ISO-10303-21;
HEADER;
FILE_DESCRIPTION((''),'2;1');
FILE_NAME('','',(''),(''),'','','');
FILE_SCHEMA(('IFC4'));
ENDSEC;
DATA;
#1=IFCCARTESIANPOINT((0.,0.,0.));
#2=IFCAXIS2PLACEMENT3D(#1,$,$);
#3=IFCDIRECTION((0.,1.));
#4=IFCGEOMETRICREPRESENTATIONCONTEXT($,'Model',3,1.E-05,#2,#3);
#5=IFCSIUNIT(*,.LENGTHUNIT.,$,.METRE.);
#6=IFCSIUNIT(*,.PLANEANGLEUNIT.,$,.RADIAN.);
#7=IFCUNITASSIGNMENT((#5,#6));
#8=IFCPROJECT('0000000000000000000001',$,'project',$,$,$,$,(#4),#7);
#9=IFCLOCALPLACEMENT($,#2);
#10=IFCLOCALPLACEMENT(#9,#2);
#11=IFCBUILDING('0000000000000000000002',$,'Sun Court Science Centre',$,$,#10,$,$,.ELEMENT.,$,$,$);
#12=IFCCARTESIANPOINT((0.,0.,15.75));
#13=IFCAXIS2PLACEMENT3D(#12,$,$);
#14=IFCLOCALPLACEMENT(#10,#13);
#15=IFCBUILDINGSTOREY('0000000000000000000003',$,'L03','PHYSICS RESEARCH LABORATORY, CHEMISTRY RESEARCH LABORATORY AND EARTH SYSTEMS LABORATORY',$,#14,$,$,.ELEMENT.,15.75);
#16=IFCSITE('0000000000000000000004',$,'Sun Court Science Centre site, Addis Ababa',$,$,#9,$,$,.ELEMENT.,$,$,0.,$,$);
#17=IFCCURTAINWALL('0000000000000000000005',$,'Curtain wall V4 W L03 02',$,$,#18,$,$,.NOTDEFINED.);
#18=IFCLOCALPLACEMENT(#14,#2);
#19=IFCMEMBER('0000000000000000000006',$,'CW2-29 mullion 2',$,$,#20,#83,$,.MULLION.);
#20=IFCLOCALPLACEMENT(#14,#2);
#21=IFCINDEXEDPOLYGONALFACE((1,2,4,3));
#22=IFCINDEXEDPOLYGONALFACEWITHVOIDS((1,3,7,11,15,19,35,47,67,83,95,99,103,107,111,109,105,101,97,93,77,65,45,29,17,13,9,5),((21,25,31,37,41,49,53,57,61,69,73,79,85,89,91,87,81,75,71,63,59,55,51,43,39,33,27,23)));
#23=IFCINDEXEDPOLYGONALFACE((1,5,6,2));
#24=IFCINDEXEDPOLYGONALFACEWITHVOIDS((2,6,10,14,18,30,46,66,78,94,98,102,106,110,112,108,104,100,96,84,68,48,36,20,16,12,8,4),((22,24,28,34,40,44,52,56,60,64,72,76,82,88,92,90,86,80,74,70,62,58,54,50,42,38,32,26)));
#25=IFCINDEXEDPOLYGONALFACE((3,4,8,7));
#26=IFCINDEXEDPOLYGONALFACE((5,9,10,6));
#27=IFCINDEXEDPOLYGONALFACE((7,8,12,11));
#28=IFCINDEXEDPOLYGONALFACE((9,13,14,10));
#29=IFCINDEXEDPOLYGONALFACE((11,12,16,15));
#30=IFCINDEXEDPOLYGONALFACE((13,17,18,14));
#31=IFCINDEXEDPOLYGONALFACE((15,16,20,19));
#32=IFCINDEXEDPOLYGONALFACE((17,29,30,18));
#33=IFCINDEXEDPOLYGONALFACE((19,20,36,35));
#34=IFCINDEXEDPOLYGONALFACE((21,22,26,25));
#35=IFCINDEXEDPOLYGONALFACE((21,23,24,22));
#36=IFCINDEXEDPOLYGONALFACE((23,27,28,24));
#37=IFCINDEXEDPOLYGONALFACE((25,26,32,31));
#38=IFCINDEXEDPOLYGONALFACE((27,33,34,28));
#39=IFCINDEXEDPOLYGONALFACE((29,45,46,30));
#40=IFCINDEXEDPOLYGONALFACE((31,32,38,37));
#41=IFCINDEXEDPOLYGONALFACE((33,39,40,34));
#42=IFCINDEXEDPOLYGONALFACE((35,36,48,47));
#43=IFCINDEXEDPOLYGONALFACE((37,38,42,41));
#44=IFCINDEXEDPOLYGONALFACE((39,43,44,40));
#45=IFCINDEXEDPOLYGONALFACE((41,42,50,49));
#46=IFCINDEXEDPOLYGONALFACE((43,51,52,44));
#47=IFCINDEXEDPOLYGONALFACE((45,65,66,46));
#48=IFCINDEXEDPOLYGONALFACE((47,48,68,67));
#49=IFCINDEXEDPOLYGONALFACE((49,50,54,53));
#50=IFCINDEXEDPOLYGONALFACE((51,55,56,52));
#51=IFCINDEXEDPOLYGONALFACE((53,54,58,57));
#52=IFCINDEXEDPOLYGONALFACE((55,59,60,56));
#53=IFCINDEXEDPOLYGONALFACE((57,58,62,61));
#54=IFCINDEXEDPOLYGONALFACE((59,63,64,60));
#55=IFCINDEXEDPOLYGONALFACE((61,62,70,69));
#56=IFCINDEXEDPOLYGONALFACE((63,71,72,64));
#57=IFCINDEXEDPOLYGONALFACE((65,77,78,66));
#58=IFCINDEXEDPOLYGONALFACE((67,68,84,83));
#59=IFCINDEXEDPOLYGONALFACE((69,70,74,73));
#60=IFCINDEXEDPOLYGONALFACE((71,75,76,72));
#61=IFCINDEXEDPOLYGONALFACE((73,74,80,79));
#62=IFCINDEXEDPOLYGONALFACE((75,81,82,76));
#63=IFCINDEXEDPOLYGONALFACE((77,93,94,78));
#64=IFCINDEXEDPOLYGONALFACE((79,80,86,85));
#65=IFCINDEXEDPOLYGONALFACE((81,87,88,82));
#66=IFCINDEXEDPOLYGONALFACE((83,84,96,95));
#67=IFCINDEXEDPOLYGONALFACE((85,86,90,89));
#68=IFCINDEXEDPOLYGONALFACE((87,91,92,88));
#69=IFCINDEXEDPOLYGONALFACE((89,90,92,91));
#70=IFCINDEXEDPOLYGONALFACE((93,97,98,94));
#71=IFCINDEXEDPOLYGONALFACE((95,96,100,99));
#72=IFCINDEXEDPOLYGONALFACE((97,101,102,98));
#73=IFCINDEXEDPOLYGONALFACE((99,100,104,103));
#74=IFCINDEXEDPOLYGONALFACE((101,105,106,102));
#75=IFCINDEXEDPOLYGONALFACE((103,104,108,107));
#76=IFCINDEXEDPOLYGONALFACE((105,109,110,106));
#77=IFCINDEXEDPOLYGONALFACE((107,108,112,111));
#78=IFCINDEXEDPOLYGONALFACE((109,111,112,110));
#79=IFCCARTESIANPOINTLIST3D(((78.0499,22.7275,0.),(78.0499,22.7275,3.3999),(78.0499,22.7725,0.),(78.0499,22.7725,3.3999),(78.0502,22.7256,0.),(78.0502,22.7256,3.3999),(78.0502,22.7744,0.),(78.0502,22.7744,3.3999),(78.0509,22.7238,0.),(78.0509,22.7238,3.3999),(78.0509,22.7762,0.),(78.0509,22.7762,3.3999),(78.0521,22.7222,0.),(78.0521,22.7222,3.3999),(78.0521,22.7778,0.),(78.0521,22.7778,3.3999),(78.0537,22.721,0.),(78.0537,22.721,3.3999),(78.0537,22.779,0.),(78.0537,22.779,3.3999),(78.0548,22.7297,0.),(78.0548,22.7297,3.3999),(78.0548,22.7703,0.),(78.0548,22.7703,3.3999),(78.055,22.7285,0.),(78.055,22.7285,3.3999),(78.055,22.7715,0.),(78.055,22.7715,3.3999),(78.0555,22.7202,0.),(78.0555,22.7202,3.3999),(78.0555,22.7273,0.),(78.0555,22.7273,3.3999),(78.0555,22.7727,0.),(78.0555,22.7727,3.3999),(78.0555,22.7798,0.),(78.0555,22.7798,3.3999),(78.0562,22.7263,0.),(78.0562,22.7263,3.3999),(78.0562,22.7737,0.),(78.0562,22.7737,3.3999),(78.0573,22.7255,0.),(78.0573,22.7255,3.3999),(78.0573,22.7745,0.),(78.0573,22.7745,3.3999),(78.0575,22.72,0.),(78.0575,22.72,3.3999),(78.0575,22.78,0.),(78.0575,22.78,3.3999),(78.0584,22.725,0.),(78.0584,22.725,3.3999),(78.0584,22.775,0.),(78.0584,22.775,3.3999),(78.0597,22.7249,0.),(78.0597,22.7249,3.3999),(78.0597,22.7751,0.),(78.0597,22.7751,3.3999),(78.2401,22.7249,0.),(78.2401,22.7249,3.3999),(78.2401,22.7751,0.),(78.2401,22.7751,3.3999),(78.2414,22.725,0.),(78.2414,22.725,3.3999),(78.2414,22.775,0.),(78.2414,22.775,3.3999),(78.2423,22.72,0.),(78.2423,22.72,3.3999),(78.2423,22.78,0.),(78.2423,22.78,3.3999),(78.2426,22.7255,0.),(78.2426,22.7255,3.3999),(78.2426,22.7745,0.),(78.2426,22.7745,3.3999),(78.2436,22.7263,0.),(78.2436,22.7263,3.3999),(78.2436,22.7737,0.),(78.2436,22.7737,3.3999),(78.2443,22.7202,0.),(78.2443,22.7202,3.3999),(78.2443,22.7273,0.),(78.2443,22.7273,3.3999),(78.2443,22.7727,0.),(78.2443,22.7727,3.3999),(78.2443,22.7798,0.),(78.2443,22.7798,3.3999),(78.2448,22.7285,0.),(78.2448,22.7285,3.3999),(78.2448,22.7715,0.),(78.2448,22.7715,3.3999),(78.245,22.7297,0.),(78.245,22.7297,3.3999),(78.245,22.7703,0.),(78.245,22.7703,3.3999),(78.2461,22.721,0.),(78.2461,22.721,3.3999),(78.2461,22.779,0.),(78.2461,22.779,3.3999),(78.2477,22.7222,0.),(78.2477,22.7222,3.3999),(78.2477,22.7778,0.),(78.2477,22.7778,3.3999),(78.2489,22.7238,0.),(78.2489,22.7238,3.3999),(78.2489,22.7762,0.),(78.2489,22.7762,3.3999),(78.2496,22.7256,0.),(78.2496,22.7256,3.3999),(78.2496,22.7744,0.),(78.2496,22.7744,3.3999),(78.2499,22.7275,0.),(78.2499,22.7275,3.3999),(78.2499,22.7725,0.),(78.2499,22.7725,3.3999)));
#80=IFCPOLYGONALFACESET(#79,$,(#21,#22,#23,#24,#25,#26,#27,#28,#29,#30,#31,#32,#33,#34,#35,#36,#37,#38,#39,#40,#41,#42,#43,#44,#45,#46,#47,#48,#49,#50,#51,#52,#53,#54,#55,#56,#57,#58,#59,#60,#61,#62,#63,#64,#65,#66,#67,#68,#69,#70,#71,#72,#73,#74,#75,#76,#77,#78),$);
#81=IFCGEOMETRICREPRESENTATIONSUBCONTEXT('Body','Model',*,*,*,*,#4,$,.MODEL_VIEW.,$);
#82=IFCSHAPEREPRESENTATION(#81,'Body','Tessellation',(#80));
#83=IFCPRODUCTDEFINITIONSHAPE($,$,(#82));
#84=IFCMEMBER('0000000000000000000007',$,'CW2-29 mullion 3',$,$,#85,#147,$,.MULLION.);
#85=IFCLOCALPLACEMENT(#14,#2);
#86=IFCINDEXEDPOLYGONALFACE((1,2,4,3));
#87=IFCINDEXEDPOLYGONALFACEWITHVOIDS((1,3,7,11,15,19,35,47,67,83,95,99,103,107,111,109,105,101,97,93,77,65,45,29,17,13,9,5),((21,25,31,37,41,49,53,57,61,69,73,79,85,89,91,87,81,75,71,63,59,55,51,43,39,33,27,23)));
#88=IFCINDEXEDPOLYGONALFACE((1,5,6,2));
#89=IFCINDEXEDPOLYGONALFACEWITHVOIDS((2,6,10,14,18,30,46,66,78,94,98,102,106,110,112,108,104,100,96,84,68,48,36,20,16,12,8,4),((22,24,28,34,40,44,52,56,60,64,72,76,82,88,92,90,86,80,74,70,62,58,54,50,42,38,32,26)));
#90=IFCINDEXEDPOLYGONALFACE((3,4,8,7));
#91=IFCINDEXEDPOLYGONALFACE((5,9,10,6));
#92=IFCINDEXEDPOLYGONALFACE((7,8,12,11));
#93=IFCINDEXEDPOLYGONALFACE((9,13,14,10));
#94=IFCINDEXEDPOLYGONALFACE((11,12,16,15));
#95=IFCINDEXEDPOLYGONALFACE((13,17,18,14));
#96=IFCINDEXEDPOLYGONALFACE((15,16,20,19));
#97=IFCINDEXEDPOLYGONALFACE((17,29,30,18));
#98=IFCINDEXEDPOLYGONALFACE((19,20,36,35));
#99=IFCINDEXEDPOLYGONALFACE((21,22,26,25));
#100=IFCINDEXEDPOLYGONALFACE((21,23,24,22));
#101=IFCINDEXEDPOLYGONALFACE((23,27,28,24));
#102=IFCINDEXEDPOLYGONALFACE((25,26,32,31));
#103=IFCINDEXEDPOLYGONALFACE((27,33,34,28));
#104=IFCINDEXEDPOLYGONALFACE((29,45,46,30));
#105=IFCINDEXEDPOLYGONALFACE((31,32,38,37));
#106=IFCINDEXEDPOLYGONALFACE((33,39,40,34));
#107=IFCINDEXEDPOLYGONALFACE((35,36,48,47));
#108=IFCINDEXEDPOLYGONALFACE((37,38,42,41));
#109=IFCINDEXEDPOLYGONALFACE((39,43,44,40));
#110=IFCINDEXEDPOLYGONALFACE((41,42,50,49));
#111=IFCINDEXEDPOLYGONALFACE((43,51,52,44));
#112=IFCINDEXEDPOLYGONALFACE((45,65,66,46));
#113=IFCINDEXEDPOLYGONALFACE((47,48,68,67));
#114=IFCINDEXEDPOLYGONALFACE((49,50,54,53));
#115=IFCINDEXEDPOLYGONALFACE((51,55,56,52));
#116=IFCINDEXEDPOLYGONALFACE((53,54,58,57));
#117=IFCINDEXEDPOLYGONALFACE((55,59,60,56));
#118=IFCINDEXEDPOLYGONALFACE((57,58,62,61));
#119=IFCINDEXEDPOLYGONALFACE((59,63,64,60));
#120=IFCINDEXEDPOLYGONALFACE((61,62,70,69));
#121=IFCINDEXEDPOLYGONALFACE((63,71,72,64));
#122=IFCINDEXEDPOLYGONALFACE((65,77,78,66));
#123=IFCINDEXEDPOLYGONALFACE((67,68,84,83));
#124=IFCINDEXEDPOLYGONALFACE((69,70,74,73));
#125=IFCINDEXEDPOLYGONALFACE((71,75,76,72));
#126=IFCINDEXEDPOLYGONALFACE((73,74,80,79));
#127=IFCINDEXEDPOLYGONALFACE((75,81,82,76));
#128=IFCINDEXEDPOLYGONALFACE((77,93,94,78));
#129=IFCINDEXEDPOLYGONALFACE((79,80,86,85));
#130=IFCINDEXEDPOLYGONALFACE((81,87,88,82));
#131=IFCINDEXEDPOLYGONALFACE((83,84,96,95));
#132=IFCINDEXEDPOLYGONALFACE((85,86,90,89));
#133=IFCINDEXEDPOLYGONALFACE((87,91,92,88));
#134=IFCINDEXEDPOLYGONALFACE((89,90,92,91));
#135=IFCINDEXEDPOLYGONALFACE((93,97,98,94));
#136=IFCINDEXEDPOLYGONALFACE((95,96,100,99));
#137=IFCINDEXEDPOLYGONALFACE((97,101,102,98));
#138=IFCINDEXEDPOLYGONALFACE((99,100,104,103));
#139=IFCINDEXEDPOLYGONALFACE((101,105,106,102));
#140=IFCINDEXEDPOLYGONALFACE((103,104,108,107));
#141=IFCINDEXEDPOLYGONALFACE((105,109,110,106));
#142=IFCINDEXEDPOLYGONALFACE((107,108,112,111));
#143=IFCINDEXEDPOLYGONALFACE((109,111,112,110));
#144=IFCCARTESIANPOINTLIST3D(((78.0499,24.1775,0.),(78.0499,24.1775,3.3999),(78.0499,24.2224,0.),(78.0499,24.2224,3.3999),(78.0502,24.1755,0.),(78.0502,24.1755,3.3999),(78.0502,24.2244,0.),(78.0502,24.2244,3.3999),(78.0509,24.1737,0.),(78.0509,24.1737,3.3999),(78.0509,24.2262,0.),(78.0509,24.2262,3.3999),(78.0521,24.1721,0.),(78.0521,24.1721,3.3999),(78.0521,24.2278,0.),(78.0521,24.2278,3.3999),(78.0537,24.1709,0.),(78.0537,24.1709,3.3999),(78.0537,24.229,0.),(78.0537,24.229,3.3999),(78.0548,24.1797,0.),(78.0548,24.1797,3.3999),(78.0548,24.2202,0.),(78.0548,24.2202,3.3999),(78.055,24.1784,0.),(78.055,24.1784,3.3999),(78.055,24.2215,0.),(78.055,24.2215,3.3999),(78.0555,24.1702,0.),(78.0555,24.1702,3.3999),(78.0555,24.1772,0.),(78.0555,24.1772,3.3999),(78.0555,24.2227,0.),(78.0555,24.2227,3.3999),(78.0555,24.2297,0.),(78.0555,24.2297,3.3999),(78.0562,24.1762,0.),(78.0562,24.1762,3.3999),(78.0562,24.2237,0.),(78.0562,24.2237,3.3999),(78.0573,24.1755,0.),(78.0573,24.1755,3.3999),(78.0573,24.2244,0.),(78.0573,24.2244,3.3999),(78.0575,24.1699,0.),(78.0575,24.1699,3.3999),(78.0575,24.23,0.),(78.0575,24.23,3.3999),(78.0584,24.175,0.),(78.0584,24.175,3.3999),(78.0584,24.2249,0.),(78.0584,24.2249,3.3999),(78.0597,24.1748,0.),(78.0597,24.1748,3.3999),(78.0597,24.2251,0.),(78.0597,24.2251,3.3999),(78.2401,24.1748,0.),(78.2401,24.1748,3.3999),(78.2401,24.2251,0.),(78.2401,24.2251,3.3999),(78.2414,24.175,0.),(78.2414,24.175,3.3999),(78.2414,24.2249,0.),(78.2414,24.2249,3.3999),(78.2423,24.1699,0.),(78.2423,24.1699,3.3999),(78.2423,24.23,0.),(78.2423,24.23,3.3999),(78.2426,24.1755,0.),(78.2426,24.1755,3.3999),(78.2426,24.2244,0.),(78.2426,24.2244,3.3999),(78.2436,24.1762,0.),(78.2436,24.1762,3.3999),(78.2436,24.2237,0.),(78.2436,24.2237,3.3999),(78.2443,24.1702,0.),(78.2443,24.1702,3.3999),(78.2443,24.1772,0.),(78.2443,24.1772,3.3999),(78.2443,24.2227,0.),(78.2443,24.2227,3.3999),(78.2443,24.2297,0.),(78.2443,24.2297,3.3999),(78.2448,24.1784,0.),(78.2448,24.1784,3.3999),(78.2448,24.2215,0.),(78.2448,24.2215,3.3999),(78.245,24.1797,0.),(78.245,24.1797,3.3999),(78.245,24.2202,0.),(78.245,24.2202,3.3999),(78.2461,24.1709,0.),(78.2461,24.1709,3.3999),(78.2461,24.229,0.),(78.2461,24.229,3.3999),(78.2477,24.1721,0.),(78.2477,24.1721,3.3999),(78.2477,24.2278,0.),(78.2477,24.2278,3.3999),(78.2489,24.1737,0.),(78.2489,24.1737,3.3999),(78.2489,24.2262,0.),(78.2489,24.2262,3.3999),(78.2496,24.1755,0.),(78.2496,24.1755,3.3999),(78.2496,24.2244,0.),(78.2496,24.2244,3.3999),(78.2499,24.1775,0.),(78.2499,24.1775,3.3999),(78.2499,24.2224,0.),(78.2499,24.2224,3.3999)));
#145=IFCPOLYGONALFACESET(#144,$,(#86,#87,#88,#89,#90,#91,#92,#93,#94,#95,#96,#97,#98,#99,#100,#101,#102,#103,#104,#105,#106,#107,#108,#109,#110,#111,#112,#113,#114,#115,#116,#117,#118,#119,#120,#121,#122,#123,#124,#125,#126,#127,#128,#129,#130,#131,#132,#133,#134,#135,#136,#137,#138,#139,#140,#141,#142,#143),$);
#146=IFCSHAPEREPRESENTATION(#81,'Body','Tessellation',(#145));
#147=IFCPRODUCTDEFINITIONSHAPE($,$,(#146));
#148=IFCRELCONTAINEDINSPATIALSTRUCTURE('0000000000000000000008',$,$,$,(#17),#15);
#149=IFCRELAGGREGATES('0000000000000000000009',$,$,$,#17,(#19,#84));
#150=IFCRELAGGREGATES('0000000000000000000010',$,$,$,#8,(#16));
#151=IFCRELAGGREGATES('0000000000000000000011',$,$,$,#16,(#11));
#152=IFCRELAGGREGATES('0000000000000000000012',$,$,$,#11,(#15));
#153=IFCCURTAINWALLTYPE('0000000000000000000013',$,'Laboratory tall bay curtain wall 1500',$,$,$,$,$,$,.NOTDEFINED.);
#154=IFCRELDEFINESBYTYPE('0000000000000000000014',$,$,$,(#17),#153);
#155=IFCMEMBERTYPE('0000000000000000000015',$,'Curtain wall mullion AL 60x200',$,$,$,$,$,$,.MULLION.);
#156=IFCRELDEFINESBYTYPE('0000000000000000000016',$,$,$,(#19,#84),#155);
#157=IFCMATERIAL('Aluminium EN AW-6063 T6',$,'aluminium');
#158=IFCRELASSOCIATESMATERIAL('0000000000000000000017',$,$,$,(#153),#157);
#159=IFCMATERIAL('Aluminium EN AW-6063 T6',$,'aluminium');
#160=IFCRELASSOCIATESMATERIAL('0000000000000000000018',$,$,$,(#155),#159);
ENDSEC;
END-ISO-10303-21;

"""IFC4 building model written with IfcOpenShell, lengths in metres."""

from ifc_helpers import new_model, si_unit, direction, frame, origin, origin_2d, place, context, subcontext, project, spatial, hollow_rectangle, extrude, material, material_profile, profile_set, type_object, element, aggregate, save


model = new_model("IFC4")

# Units and contexts
model_context = context("Model", 3, precision=1e-05, world=origin(), true_north=direction((0.0, 1.0)))
body_context = subcontext(model_context, "Body", "Model", "MODEL_VIEW")
ifc_project = project(units=[si_unit("LENGTHUNIT", "METRE"), si_unit("PLANEANGLEUNIT", "RADIAN")], contexts=[model_context])

# Site, building, storey
site_placement = place(None, origin())
site = spatial("IfcSite", under=ifc_project, at=site_placement, Name="Sun Court Science Centre site, Addis Ababa", CompositionType="ELEMENT", RefElevation=0.0)
building_placement = place(site_placement, origin())
building = spatial("IfcBuilding", under=site, at=building_placement, Name="Sun Court Science Centre", CompositionType="ELEMENT")
storey_placement = place(building_placement, frame((0.0, 0.0, 15.75)))
storey = spatial("IfcBuildingStorey", under=building, at=storey_placement, Name="L03", Description="PHYSICS RESEARCH LABORATORY, CHEMISTRY RESEARCH LABORATORY AND EARTH SYSTEMS LABORATORY", CompositionType="ELEMENT", Elevation=15.75)

# Shared definitions
ifc_material_1 = material(Name="Aluminium EN AW-6063 T6", Category="aluminium")
curtain_wall_type = type_object("IfcCurtainWallType", Name="Laboratory tall bay curtain wall 1500", PredefinedType="NOTDEFINED", material=ifc_material_1)
ifc_material_2 = material(Name="Aluminium EN AW-6063 T6", Category="aluminium")
ifc_material_profile_1 = material_profile(ifc_material_2, hollow_rectangle(XDim=0.0601, YDim=0.2, WallThickness=0.0049, InnerFilletRadius=0.0049, OuterFilletRadius=0.0076, at=origin_2d()), Name="AL 60x200x5")
ifc_profile_set_1 = profile_set([ifc_material_profile_1], Name="Aluminium EN AW-6063 T6")
member_type_1 = type_object("IfcMemberType", Name="Curtain wall mullion AL 60x200", PredefinedType="MULLION", material=ifc_profile_set_1)

# Curtain wall, members
curtain_wall_1_placement = place(storey_placement, origin())
curtain_wall_1 = element("IfcCurtainWall", 1, at=curtain_wall_1_placement, inside=storey, type_object=curtain_wall_type, Name="Curtain wall V4 W L03 02", PredefinedType="NOTDEFINED")
member_1_placement = place(storey_placement, frame((78.1499, 22.75, 0.0), z_axis=(0.0, 0.0, 1.0), x_axis=(0.0, 1.0, 0.0)))
member_1 = element("IfcMember", 2, at=member_1_placement, type_object=member_type_1, Name="CW2-29 mullion 2", PredefinedType="MULLION", context=body_context, shape_type="SweptSolid", body=[
    extrude(hollow_rectangle(XDim=0.0601, YDim=0.2, WallThickness=0.0049, InnerFilletRadius=0.0049, OuterFilletRadius=0.0076, at=origin_2d()), origin(), (0.0, 0.0, 1.0), 3.3999),
])
member_2_placement = place(storey_placement, frame((78.1499, 24.2, 0.0), z_axis=(0.0, 0.0, 1.0), x_axis=(0.0, 1.0, 0.0)))
member_2 = element("IfcMember", 3, at=member_2_placement, type_object=member_type_1, Name="CW2-29 mullion 3", PredefinedType="MULLION", context=body_context, shape_type="SweptSolid", body=[
    extrude(hollow_rectangle(XDim=0.0601, YDim=0.2, WallThickness=0.0049, InnerFilletRadius=0.0049, OuterFilletRadius=0.0076, at=origin_2d()), origin(), (0.0, 0.0, 1.0), 3.3999),
])

aggregate(curtain_wall_1, [member_1, member_2])

save(model, "model.ifc")
